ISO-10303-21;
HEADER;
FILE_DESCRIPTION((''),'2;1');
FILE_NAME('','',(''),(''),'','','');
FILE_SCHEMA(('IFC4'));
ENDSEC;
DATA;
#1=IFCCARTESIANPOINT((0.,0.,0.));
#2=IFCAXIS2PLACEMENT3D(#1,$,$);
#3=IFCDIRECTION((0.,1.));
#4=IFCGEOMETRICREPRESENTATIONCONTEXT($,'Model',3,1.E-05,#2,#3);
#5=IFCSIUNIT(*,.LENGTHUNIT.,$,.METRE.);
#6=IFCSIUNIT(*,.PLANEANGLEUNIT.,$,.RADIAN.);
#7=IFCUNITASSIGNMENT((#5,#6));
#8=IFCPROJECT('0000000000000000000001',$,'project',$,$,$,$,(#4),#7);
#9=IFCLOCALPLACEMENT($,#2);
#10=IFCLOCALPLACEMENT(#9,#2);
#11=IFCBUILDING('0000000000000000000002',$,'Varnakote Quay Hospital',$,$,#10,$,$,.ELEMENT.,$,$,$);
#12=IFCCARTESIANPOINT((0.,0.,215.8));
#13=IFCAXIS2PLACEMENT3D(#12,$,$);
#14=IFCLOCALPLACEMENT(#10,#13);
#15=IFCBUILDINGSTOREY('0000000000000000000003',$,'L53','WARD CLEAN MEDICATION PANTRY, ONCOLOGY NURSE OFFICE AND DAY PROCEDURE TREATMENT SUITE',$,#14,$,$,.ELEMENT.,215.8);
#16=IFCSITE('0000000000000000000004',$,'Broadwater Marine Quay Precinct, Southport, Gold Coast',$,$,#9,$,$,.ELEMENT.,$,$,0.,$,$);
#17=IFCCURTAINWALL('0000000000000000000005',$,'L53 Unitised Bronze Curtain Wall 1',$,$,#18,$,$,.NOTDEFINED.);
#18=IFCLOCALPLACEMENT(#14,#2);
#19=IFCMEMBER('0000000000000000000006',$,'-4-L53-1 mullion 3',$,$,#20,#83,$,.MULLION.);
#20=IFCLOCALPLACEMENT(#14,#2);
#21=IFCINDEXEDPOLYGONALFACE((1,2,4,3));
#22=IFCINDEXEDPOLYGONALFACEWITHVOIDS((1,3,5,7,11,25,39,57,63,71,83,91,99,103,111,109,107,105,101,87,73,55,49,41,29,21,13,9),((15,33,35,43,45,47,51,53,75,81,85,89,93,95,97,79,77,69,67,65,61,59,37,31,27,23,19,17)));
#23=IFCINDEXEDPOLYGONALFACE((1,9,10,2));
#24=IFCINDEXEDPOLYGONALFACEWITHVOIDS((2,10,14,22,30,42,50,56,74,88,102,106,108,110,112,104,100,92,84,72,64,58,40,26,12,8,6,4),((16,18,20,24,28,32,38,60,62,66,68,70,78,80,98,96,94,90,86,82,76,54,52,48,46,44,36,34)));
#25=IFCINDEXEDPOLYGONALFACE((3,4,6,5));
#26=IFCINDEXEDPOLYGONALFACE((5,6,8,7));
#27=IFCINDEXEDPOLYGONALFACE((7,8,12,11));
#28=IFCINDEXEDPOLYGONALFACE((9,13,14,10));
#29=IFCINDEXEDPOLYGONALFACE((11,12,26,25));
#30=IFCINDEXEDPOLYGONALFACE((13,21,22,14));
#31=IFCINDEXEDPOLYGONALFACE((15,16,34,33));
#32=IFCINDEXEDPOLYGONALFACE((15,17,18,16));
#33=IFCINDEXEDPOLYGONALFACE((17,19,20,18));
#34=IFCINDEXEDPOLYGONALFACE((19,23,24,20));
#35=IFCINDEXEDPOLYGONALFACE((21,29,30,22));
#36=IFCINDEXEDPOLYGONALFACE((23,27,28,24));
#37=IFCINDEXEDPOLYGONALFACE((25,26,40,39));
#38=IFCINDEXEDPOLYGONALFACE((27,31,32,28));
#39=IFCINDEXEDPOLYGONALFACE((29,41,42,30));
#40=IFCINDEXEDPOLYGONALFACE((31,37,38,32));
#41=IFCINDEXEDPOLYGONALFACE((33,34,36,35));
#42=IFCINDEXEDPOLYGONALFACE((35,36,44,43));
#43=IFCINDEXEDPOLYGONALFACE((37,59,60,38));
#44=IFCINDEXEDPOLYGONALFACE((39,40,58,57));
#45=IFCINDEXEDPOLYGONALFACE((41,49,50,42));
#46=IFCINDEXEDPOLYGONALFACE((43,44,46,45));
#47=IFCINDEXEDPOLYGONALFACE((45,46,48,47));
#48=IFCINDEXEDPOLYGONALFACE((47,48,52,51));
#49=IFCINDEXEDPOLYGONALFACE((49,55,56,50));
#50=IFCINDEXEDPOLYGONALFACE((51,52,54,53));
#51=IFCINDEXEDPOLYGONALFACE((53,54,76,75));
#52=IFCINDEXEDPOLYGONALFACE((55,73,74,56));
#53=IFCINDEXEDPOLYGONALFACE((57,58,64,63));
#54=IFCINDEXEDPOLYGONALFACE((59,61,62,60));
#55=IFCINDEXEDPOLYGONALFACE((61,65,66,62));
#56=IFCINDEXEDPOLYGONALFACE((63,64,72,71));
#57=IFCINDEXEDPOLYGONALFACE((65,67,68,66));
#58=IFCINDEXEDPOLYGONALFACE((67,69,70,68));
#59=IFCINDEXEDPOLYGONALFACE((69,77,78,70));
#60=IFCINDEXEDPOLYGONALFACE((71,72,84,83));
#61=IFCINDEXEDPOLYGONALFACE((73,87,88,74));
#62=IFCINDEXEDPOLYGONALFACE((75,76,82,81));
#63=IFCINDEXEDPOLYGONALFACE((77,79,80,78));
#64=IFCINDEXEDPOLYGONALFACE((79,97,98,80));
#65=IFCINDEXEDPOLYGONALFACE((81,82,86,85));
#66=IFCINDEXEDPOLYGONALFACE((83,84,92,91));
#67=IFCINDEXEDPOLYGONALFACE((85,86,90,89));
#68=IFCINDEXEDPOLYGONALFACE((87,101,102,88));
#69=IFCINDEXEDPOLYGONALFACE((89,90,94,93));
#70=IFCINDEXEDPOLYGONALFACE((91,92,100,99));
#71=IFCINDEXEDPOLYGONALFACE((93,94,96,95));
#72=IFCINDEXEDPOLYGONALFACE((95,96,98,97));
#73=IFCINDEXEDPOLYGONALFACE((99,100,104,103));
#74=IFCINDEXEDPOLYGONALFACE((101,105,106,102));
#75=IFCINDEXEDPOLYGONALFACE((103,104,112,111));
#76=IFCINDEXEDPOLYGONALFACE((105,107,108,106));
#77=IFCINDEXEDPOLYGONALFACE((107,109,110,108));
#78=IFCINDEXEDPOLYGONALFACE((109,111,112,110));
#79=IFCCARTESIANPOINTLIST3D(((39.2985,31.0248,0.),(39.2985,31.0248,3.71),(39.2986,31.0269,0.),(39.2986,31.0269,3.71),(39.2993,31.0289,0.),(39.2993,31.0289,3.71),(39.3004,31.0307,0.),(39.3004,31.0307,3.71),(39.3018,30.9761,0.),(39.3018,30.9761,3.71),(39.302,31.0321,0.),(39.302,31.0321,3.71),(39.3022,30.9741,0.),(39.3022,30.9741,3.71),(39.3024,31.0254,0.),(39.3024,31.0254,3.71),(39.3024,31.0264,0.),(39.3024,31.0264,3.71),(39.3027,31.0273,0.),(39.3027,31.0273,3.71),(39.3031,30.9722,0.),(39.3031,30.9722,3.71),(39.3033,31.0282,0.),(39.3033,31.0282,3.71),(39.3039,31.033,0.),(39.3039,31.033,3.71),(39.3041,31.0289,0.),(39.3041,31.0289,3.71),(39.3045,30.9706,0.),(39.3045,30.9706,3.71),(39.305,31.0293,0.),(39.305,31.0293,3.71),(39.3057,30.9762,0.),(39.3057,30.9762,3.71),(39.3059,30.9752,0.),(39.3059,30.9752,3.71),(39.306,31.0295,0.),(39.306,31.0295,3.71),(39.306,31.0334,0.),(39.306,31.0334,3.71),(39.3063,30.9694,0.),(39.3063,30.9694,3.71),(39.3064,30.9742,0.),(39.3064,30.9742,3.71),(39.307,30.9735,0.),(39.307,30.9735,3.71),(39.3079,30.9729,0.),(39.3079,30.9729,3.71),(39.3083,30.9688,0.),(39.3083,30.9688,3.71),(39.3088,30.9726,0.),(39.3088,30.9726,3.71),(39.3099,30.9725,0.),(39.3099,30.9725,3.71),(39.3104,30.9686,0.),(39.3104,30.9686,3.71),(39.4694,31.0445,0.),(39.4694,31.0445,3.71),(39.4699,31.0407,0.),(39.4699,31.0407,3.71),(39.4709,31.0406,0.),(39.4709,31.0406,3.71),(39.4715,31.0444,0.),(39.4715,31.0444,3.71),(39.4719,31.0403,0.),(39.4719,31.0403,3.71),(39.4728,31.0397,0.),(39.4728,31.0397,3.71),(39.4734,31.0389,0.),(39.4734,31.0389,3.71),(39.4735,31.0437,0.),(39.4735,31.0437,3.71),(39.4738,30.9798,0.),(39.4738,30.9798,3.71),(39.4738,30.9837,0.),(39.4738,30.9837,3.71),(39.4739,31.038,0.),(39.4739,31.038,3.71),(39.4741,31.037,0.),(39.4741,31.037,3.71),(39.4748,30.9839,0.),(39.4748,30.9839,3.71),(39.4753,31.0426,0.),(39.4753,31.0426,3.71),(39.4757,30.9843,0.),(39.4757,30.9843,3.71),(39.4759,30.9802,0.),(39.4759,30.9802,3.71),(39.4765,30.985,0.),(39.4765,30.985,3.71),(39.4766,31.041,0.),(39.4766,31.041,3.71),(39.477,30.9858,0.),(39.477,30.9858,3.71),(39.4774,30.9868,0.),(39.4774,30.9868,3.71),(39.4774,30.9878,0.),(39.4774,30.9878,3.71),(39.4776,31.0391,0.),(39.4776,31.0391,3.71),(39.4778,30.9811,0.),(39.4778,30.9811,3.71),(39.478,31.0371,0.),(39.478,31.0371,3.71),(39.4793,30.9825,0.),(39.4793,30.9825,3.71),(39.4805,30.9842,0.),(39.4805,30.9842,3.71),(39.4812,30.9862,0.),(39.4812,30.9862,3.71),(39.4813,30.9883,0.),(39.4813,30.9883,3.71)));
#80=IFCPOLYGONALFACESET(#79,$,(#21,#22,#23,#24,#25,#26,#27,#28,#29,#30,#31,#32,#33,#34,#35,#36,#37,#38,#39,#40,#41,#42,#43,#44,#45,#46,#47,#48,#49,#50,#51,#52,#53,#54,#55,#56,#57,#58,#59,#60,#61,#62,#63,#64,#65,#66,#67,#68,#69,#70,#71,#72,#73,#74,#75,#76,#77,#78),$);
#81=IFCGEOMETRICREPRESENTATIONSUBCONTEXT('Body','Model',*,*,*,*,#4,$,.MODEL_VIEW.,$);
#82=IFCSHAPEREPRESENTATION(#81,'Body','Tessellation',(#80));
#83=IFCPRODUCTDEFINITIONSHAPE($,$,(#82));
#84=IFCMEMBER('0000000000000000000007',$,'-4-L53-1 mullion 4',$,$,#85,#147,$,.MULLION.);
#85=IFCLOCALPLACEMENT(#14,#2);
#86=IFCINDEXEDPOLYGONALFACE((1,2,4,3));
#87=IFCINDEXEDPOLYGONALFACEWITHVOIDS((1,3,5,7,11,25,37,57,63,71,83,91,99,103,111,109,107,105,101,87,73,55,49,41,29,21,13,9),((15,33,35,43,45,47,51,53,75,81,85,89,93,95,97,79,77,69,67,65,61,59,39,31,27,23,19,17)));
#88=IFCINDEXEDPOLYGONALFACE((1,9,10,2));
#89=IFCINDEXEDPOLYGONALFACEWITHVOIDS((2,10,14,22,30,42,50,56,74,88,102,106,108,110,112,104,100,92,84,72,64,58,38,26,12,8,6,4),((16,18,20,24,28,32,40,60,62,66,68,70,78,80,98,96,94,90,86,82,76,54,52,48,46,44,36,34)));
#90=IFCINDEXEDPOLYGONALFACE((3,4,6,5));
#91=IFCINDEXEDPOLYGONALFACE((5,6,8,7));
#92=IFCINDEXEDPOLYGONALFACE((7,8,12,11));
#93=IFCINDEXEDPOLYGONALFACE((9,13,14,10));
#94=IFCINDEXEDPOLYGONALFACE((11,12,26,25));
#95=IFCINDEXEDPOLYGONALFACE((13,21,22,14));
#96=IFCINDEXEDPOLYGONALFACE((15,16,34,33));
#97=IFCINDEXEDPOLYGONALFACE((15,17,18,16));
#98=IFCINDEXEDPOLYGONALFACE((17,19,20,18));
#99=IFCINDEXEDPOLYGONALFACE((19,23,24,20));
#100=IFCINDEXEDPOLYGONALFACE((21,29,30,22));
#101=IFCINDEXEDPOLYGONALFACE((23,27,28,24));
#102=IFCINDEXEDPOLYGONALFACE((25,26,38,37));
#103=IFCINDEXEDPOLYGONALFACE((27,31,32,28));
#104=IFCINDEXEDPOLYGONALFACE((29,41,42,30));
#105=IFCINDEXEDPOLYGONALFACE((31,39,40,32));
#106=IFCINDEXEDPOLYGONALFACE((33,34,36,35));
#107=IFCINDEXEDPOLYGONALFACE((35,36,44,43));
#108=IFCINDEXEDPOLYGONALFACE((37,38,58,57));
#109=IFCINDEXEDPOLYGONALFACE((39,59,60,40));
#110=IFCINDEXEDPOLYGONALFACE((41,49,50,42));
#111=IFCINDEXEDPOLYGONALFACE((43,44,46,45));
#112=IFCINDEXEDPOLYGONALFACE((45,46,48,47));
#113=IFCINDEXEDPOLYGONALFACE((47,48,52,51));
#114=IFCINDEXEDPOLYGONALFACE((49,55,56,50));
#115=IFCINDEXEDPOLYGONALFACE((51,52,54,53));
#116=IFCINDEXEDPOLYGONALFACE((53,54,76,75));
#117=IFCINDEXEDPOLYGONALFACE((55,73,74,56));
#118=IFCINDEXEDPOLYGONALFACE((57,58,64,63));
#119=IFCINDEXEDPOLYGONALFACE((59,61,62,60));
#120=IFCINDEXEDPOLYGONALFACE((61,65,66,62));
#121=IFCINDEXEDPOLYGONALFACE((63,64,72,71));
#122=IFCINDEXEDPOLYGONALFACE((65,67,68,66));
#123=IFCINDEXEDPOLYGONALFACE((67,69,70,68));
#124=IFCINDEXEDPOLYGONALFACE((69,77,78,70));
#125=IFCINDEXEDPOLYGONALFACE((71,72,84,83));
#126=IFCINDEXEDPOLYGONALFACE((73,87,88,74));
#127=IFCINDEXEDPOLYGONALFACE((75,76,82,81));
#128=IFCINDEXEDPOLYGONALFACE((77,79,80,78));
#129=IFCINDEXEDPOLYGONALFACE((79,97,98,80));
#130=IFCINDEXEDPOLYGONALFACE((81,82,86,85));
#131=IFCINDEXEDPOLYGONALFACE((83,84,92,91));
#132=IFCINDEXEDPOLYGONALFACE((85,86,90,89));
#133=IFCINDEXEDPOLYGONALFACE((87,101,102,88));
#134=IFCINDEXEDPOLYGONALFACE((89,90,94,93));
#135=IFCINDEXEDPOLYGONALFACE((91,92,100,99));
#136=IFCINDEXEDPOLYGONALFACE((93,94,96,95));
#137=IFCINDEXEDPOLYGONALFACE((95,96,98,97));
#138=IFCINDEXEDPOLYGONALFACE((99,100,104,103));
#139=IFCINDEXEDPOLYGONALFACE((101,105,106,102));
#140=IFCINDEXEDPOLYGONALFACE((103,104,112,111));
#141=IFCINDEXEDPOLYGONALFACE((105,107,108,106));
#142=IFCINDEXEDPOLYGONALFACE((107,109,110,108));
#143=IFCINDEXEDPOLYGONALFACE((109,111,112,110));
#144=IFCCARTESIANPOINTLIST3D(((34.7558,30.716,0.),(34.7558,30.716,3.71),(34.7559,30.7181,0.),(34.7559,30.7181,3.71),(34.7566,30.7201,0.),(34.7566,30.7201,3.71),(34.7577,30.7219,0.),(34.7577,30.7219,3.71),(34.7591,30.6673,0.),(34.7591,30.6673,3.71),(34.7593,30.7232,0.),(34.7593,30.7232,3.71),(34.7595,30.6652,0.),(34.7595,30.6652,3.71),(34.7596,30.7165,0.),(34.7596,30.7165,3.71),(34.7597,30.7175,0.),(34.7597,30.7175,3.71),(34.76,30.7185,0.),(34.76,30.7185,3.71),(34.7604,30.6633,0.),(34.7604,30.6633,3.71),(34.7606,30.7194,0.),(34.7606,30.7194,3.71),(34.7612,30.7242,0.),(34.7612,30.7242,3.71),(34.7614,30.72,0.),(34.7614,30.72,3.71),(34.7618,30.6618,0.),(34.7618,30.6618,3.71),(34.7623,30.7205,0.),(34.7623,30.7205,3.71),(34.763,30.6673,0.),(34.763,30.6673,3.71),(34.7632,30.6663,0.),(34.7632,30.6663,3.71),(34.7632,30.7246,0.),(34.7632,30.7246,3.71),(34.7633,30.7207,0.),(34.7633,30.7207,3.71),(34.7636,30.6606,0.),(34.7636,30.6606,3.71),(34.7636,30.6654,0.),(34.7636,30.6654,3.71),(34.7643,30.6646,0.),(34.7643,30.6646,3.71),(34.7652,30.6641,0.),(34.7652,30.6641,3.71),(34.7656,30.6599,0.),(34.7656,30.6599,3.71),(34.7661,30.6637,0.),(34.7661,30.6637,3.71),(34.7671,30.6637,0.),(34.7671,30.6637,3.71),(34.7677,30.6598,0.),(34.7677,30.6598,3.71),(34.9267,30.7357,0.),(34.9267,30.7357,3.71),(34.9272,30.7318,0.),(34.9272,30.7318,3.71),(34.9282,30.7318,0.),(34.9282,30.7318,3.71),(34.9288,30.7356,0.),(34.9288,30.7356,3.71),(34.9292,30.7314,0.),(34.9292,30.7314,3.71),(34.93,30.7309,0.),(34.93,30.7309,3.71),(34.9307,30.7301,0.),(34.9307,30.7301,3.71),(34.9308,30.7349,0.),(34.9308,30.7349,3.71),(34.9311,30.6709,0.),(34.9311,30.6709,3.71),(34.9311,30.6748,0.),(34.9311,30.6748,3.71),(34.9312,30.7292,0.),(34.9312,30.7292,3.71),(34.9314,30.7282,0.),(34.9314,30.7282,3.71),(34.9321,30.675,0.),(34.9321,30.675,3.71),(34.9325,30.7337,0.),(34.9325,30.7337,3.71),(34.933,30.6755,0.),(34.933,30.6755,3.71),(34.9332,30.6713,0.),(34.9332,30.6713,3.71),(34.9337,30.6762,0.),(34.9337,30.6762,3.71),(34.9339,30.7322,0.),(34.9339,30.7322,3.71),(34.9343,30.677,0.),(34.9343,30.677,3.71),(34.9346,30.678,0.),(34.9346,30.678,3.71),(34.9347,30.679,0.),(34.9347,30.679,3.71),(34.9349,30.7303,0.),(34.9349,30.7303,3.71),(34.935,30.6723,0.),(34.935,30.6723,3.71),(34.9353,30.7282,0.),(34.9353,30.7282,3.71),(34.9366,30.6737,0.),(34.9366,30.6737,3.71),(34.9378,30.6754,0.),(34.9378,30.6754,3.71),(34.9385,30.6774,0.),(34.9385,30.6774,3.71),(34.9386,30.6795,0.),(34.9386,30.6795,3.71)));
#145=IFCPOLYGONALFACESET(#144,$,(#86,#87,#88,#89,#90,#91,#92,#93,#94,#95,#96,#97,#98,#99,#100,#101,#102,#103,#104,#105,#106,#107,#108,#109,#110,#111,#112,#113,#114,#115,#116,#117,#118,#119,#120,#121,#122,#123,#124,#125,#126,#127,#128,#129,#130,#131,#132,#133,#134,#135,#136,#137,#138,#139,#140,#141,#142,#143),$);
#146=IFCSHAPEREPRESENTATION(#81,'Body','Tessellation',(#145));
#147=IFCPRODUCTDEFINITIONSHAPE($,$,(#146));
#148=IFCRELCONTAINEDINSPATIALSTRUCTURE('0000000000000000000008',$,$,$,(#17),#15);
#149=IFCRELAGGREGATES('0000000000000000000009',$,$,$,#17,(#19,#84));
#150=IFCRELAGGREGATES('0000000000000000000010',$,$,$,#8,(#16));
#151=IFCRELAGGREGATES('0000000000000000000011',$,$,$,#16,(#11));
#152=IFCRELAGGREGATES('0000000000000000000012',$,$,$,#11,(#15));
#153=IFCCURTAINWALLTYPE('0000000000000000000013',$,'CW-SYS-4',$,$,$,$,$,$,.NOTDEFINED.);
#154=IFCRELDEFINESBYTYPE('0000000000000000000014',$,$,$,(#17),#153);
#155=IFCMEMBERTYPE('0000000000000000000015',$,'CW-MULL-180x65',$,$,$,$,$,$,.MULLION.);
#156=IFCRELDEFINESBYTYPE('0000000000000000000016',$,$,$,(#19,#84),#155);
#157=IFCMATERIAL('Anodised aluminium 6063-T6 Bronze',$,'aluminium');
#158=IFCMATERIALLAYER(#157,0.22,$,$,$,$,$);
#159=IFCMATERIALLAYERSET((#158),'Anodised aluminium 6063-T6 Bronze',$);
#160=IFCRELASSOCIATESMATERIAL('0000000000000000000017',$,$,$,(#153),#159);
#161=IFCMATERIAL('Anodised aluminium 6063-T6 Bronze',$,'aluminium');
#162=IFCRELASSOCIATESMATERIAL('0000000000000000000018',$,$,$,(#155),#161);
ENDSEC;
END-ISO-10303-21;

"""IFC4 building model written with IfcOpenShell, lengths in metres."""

from ifc_helpers import new_model, si_unit, direction, frame, origin, origin_2d, place, context, subcontext, project, spatial, hollow_rectangle, extrude, material, layer, layer_set, material_profile, profile_set, type_object, element, aggregate, save


model = new_model("IFC4")

# Units and contexts
model_context = context("Model", 3, precision=1e-05, world=origin(), true_north=direction((0.0, 1.0)))
body_context = subcontext(model_context, "Body", "Model", "MODEL_VIEW")
ifc_project = project(units=[si_unit("LENGTHUNIT", "METRE"), si_unit("PLANEANGLEUNIT", "RADIAN")], contexts=[model_context])

# Site, building, storey
site_placement = place(None, origin())
site = spatial("IfcSite", under=ifc_project, at=site_placement, Name="Broadwater Marine Quay Precinct, Southport, Gold Coast", CompositionType="ELEMENT", RefElevation=0.0)
building_placement = place(site_placement, origin())
building = spatial("IfcBuilding", under=site, at=building_placement, Name="Varnakote Quay Hospital", CompositionType="ELEMENT")
storey_placement = place(building_placement, frame((0.0, 0.0, 215.8)))
storey = spatial("IfcBuildingStorey", under=building, at=storey_placement, Name="L53", Description="WARD CLEAN MEDICATION PANTRY, ONCOLOGY NURSE OFFICE AND DAY PROCEDURE TREATMENT SUITE", CompositionType="ELEMENT", Elevation=215.8)

# Curtain wall, members
ifc_material_1 = material(Name="Anodised aluminium 6063-T6 Bronze", Category="aluminium")
ifc_layer_1 = layer(ifc_material_1, 0.22)
ifc_layer_set_1 = layer_set([ifc_layer_1], Name="Anodised aluminium 6063-T6 Bronze")
curtain_wall_type = type_object("IfcCurtainWallType", Name="CW-SYS-4", PredefinedType="NOTDEFINED", material=ifc_layer_set_1)
curtain_wall_placement = place(storey_placement, origin())
curtain_wall = element("IfcCurtainWall", 1, at=curtain_wall_placement, inside=storey, type_object=curtain_wall_type, Name="L53 Unitised Bronze Curtain Wall 1", PredefinedType="NOTDEFINED")
ifc_material_2 = material(Name="Anodised aluminium 6063-T6 Bronze", Category="aluminium")
ifc_material_profile_1 = material_profile(ifc_material_2, hollow_rectangle(XDim=0.0649, YDim=0.1799, WallThickness=0.0039, InnerFilletRadius=0.0039, OuterFilletRadius=0.0081, at=origin_2d()), Name="CW-MULL-180x65")
ifc_profile_set_1 = profile_set([ifc_material_profile_1], Name="Anodised aluminium 6063-T6 Bronze")
member_type_1 = type_object("IfcMemberType", Name="CW-MULL-180x65", PredefinedType="MULLION", material=ifc_profile_set_1)
member_1_placement = place(storey_placement, frame((39.3899, 31.0066, 0.0), z_axis=(0.0, 0.0, 1.0), x_axis=(0.067842, -0.997696, 0.0)))
member_1 = element("IfcMember", 2, at=member_1_placement, type_object=member_type_1, Name="-4-L53-1 mullion 3", PredefinedType="MULLION", context=body_context, shape_type="SweptSolid", body=[
    extrude(hollow_rectangle(XDim=0.0649, YDim=0.1799, WallThickness=0.0039, InnerFilletRadius=0.0039, OuterFilletRadius=0.0081, at=origin_2d()), origin(), (0.0, 0.0, 1.0), 3.71),
])
member_2_placement = place(storey_placement, frame((34.8472, 30.6978, 0.0), z_axis=(0.0, 0.0, 1.0), x_axis=(0.067842, -0.997696, 0.0)))
member_2 = element("IfcMember", 3, at=member_2_placement, type_object=member_type_1, Name="-4-L53-1 mullion 4", PredefinedType="MULLION", context=body_context, shape_type="SweptSolid", body=[
    extrude(hollow_rectangle(XDim=0.0649, YDim=0.1799, WallThickness=0.0039, InnerFilletRadius=0.0039, OuterFilletRadius=0.0081, at=origin_2d()), origin(), (0.0, 0.0, 1.0), 3.71),
])
aggregate(curtain_wall, [member_1, member_2])

save(model, "model.ifc")
